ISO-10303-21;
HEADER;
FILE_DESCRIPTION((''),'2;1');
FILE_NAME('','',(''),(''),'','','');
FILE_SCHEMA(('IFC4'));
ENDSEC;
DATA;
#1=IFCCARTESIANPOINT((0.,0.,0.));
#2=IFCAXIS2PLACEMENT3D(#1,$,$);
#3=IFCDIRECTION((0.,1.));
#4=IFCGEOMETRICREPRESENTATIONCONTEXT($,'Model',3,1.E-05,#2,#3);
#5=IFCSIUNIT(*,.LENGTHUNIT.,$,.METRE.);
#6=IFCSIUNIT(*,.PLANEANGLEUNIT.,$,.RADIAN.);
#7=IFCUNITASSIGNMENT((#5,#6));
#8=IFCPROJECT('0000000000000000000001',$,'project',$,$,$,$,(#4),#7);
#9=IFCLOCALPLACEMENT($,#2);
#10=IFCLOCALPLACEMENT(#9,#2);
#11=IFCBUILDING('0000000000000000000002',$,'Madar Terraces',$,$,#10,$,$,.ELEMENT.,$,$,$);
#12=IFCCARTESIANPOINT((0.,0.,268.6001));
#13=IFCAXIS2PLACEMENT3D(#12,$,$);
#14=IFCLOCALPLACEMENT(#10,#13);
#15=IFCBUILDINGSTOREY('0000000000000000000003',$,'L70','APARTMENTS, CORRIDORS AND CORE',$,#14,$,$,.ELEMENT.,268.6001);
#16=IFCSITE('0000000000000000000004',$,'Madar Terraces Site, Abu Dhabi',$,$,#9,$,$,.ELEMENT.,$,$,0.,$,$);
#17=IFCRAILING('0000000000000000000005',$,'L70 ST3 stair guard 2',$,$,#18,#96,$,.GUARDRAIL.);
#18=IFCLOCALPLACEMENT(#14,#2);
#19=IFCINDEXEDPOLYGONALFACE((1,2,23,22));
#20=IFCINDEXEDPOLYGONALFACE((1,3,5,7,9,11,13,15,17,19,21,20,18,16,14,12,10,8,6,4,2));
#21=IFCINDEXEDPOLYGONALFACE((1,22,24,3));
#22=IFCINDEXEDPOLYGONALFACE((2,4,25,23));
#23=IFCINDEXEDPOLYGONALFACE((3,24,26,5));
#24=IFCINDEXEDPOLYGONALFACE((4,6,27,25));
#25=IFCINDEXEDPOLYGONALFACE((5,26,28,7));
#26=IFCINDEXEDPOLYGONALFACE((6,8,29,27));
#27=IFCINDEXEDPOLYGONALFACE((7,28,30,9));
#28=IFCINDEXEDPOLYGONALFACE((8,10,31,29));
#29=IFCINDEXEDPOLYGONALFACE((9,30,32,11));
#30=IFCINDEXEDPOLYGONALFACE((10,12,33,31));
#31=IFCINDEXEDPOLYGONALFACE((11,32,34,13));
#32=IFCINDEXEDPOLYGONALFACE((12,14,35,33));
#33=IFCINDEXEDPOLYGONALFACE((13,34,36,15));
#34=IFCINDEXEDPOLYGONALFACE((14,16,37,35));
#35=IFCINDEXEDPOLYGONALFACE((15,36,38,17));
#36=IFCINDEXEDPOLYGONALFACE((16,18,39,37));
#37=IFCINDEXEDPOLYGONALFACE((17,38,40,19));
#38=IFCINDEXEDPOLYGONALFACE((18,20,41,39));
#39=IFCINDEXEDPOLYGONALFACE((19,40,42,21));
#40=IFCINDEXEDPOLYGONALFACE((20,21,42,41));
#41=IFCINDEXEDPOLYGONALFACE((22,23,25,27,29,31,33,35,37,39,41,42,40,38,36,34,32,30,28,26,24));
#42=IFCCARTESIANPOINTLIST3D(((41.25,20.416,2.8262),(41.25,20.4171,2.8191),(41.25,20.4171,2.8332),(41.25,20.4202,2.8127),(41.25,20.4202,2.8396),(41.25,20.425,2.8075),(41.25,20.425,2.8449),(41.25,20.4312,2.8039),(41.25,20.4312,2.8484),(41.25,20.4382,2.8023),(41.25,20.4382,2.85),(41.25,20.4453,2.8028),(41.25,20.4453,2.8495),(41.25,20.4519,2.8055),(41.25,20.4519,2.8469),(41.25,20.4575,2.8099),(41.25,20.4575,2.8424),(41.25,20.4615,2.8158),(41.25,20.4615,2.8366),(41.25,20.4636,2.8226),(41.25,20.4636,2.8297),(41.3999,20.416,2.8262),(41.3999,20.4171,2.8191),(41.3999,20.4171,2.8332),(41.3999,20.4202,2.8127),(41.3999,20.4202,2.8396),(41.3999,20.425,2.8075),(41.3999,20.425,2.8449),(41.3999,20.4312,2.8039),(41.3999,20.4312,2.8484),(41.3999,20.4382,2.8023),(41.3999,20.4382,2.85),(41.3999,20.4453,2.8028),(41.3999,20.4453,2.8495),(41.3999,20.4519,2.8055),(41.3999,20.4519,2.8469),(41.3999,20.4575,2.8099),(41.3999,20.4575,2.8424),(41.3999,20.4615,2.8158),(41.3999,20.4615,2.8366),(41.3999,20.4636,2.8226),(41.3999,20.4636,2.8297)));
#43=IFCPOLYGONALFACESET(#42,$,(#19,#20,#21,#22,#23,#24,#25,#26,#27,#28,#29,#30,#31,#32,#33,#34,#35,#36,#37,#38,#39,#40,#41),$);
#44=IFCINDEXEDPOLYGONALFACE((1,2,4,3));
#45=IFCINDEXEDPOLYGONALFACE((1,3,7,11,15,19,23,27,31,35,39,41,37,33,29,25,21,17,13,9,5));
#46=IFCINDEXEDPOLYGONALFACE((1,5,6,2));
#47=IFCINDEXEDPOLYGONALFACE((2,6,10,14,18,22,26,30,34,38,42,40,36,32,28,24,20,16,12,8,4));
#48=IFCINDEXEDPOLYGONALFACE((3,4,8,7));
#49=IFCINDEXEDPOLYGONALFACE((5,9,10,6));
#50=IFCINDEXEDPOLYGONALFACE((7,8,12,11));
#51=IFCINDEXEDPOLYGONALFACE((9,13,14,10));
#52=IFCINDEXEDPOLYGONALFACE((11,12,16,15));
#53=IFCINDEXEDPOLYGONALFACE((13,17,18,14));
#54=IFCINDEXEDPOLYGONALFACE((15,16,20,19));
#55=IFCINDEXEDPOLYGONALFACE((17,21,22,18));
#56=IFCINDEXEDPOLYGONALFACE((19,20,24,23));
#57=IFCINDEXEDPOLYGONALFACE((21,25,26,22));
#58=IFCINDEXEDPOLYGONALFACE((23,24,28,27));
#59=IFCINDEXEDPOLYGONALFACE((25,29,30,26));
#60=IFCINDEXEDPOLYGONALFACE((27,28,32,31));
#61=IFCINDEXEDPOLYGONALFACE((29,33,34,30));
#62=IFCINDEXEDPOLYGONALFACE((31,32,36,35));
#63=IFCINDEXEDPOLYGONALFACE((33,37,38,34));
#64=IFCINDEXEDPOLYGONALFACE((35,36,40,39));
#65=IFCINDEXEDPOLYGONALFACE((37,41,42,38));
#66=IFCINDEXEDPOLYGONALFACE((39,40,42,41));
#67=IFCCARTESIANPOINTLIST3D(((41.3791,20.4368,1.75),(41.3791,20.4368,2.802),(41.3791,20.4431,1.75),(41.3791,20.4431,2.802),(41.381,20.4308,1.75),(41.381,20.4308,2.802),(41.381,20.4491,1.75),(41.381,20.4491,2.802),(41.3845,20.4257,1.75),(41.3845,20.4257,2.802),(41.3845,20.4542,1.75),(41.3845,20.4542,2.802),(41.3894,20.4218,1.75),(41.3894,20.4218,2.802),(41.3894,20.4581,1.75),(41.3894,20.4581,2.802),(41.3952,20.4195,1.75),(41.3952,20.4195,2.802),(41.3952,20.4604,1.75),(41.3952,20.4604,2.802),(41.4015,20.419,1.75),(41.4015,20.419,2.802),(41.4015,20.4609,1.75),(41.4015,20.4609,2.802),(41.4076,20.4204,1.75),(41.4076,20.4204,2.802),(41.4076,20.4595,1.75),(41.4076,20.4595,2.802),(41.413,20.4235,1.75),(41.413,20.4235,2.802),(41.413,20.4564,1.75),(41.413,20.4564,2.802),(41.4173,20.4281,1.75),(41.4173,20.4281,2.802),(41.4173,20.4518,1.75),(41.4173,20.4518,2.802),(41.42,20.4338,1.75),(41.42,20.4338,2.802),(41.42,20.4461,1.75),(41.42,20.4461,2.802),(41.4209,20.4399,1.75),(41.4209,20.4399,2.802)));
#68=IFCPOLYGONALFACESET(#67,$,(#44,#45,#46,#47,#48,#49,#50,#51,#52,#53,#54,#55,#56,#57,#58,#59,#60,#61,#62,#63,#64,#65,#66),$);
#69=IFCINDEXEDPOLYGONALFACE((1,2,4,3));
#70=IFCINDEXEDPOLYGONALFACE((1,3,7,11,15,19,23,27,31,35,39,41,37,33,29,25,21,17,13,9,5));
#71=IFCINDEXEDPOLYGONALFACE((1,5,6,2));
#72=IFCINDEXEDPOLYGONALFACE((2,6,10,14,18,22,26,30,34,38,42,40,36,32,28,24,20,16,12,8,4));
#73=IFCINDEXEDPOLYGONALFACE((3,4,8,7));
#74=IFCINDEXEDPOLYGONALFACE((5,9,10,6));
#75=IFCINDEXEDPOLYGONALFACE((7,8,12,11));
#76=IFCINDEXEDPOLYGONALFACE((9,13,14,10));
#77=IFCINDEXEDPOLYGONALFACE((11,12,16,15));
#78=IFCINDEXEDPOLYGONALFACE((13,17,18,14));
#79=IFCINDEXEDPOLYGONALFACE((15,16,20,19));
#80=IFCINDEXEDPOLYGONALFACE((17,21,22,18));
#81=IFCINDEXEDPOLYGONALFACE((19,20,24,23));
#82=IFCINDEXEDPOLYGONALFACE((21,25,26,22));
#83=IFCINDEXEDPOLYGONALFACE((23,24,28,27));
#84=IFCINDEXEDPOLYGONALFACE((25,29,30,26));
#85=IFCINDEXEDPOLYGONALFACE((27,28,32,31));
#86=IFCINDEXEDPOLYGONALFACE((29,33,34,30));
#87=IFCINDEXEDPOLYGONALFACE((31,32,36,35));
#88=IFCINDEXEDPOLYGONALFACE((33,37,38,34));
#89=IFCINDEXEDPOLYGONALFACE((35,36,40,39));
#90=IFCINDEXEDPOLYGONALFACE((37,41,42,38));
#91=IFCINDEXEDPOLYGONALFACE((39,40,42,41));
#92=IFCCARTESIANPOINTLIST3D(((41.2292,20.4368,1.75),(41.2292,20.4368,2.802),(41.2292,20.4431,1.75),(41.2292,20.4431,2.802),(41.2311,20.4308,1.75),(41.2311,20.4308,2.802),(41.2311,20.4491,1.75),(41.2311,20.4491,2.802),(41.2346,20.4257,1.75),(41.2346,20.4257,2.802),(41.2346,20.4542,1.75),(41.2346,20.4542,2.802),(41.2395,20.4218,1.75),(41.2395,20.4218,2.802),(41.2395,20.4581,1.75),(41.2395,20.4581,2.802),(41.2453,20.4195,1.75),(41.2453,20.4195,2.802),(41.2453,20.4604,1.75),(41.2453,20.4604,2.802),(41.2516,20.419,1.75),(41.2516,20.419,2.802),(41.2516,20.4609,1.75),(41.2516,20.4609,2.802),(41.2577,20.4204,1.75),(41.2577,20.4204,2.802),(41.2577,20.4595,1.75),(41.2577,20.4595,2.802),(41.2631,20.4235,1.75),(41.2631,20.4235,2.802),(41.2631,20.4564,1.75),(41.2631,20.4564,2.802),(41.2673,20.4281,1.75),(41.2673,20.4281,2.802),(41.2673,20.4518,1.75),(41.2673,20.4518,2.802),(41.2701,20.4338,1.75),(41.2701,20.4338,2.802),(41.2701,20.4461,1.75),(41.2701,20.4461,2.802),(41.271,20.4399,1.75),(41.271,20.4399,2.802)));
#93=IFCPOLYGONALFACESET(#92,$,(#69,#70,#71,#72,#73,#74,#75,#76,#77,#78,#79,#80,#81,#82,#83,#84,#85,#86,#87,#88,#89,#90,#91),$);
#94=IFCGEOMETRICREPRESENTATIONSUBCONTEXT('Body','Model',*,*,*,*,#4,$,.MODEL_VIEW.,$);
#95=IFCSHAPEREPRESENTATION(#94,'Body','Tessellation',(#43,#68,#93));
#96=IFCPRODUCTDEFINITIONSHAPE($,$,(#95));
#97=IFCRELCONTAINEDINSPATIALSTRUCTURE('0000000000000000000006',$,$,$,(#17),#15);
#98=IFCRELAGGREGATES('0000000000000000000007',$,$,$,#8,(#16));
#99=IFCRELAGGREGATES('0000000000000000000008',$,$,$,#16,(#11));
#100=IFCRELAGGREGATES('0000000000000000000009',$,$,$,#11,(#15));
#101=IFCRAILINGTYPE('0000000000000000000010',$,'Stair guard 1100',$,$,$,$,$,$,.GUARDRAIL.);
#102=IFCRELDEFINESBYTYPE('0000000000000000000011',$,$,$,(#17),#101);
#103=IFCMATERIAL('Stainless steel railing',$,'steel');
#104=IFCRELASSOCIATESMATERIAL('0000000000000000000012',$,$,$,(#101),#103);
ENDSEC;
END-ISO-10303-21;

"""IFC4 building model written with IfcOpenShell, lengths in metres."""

from ifc_helpers import new_model, si_unit, direction, frame, origin, origin_2d, place, context, subcontext, project, spatial, circle, extrude, material, type_object, element, save


model = new_model("IFC4")

# Units and contexts
model_context = context("Model", 3, precision=1e-05, world=origin(), true_north=direction((0.0, 1.0)))
body_context = subcontext(model_context, "Body", "Model", "MODEL_VIEW")
ifc_project = project(units=[si_unit("LENGTHUNIT", "METRE"), si_unit("PLANEANGLEUNIT", "RADIAN")], contexts=[model_context])

# Site, building, storey
site_placement = place(None, origin())
site = spatial("IfcSite", under=ifc_project, at=site_placement, Name="Madar Terraces Site, Abu Dhabi", CompositionType="ELEMENT", RefElevation=0.0)
building_placement = place(site_placement, origin())
building = spatial("IfcBuilding", under=site, at=building_placement, Name="Madar Terraces", CompositionType="ELEMENT")
storey_placement = place(building_placement, frame((0.0, 0.0, 268.6001)))
storey = spatial("IfcBuildingStorey", under=building, at=storey_placement, Name="L70", Description="APARTMENTS, CORRIDORS AND CORE", CompositionType="ELEMENT", Elevation=268.6001)

# Railing
ifc_material_1 = material(Name="Stainless steel railing", Category="steel")
railing_type_1 = type_object("IfcRailingType", Name="Stair guard 1100", PredefinedType="GUARDRAIL", material=ifc_material_1)
railing_1_placement = place(storey_placement, frame((41.3999, 20.4399, 1.75)))
element("IfcRailing", 1, at=railing_1_placement, inside=storey, type_object=railing_type_1, Name="L70 ST3 stair guard 2", PredefinedType="GUARDRAIL", context=body_context, shape_type="SweptSolid", body=[
    extrude(circle(Radius=0.0239, at=origin_2d()), frame((0.0, 0.0, 1.0762), z_axis=(-1.0, 0.0, 0.0), x_axis=(0.0, -1.0, 0.0)), (0.0, 0.0, 1.0), 0.1499),
    extrude(circle(Radius=0.021, at=origin_2d()), origin(), (0.0, 0.0, 1.0), 1.052),
    extrude(circle(Radius=0.021, at=origin_2d()), frame((-0.1499, 0.0, 0.0)), (0.0, 0.0, 1.0), 1.052),
])

save(model, "model.ifc")
